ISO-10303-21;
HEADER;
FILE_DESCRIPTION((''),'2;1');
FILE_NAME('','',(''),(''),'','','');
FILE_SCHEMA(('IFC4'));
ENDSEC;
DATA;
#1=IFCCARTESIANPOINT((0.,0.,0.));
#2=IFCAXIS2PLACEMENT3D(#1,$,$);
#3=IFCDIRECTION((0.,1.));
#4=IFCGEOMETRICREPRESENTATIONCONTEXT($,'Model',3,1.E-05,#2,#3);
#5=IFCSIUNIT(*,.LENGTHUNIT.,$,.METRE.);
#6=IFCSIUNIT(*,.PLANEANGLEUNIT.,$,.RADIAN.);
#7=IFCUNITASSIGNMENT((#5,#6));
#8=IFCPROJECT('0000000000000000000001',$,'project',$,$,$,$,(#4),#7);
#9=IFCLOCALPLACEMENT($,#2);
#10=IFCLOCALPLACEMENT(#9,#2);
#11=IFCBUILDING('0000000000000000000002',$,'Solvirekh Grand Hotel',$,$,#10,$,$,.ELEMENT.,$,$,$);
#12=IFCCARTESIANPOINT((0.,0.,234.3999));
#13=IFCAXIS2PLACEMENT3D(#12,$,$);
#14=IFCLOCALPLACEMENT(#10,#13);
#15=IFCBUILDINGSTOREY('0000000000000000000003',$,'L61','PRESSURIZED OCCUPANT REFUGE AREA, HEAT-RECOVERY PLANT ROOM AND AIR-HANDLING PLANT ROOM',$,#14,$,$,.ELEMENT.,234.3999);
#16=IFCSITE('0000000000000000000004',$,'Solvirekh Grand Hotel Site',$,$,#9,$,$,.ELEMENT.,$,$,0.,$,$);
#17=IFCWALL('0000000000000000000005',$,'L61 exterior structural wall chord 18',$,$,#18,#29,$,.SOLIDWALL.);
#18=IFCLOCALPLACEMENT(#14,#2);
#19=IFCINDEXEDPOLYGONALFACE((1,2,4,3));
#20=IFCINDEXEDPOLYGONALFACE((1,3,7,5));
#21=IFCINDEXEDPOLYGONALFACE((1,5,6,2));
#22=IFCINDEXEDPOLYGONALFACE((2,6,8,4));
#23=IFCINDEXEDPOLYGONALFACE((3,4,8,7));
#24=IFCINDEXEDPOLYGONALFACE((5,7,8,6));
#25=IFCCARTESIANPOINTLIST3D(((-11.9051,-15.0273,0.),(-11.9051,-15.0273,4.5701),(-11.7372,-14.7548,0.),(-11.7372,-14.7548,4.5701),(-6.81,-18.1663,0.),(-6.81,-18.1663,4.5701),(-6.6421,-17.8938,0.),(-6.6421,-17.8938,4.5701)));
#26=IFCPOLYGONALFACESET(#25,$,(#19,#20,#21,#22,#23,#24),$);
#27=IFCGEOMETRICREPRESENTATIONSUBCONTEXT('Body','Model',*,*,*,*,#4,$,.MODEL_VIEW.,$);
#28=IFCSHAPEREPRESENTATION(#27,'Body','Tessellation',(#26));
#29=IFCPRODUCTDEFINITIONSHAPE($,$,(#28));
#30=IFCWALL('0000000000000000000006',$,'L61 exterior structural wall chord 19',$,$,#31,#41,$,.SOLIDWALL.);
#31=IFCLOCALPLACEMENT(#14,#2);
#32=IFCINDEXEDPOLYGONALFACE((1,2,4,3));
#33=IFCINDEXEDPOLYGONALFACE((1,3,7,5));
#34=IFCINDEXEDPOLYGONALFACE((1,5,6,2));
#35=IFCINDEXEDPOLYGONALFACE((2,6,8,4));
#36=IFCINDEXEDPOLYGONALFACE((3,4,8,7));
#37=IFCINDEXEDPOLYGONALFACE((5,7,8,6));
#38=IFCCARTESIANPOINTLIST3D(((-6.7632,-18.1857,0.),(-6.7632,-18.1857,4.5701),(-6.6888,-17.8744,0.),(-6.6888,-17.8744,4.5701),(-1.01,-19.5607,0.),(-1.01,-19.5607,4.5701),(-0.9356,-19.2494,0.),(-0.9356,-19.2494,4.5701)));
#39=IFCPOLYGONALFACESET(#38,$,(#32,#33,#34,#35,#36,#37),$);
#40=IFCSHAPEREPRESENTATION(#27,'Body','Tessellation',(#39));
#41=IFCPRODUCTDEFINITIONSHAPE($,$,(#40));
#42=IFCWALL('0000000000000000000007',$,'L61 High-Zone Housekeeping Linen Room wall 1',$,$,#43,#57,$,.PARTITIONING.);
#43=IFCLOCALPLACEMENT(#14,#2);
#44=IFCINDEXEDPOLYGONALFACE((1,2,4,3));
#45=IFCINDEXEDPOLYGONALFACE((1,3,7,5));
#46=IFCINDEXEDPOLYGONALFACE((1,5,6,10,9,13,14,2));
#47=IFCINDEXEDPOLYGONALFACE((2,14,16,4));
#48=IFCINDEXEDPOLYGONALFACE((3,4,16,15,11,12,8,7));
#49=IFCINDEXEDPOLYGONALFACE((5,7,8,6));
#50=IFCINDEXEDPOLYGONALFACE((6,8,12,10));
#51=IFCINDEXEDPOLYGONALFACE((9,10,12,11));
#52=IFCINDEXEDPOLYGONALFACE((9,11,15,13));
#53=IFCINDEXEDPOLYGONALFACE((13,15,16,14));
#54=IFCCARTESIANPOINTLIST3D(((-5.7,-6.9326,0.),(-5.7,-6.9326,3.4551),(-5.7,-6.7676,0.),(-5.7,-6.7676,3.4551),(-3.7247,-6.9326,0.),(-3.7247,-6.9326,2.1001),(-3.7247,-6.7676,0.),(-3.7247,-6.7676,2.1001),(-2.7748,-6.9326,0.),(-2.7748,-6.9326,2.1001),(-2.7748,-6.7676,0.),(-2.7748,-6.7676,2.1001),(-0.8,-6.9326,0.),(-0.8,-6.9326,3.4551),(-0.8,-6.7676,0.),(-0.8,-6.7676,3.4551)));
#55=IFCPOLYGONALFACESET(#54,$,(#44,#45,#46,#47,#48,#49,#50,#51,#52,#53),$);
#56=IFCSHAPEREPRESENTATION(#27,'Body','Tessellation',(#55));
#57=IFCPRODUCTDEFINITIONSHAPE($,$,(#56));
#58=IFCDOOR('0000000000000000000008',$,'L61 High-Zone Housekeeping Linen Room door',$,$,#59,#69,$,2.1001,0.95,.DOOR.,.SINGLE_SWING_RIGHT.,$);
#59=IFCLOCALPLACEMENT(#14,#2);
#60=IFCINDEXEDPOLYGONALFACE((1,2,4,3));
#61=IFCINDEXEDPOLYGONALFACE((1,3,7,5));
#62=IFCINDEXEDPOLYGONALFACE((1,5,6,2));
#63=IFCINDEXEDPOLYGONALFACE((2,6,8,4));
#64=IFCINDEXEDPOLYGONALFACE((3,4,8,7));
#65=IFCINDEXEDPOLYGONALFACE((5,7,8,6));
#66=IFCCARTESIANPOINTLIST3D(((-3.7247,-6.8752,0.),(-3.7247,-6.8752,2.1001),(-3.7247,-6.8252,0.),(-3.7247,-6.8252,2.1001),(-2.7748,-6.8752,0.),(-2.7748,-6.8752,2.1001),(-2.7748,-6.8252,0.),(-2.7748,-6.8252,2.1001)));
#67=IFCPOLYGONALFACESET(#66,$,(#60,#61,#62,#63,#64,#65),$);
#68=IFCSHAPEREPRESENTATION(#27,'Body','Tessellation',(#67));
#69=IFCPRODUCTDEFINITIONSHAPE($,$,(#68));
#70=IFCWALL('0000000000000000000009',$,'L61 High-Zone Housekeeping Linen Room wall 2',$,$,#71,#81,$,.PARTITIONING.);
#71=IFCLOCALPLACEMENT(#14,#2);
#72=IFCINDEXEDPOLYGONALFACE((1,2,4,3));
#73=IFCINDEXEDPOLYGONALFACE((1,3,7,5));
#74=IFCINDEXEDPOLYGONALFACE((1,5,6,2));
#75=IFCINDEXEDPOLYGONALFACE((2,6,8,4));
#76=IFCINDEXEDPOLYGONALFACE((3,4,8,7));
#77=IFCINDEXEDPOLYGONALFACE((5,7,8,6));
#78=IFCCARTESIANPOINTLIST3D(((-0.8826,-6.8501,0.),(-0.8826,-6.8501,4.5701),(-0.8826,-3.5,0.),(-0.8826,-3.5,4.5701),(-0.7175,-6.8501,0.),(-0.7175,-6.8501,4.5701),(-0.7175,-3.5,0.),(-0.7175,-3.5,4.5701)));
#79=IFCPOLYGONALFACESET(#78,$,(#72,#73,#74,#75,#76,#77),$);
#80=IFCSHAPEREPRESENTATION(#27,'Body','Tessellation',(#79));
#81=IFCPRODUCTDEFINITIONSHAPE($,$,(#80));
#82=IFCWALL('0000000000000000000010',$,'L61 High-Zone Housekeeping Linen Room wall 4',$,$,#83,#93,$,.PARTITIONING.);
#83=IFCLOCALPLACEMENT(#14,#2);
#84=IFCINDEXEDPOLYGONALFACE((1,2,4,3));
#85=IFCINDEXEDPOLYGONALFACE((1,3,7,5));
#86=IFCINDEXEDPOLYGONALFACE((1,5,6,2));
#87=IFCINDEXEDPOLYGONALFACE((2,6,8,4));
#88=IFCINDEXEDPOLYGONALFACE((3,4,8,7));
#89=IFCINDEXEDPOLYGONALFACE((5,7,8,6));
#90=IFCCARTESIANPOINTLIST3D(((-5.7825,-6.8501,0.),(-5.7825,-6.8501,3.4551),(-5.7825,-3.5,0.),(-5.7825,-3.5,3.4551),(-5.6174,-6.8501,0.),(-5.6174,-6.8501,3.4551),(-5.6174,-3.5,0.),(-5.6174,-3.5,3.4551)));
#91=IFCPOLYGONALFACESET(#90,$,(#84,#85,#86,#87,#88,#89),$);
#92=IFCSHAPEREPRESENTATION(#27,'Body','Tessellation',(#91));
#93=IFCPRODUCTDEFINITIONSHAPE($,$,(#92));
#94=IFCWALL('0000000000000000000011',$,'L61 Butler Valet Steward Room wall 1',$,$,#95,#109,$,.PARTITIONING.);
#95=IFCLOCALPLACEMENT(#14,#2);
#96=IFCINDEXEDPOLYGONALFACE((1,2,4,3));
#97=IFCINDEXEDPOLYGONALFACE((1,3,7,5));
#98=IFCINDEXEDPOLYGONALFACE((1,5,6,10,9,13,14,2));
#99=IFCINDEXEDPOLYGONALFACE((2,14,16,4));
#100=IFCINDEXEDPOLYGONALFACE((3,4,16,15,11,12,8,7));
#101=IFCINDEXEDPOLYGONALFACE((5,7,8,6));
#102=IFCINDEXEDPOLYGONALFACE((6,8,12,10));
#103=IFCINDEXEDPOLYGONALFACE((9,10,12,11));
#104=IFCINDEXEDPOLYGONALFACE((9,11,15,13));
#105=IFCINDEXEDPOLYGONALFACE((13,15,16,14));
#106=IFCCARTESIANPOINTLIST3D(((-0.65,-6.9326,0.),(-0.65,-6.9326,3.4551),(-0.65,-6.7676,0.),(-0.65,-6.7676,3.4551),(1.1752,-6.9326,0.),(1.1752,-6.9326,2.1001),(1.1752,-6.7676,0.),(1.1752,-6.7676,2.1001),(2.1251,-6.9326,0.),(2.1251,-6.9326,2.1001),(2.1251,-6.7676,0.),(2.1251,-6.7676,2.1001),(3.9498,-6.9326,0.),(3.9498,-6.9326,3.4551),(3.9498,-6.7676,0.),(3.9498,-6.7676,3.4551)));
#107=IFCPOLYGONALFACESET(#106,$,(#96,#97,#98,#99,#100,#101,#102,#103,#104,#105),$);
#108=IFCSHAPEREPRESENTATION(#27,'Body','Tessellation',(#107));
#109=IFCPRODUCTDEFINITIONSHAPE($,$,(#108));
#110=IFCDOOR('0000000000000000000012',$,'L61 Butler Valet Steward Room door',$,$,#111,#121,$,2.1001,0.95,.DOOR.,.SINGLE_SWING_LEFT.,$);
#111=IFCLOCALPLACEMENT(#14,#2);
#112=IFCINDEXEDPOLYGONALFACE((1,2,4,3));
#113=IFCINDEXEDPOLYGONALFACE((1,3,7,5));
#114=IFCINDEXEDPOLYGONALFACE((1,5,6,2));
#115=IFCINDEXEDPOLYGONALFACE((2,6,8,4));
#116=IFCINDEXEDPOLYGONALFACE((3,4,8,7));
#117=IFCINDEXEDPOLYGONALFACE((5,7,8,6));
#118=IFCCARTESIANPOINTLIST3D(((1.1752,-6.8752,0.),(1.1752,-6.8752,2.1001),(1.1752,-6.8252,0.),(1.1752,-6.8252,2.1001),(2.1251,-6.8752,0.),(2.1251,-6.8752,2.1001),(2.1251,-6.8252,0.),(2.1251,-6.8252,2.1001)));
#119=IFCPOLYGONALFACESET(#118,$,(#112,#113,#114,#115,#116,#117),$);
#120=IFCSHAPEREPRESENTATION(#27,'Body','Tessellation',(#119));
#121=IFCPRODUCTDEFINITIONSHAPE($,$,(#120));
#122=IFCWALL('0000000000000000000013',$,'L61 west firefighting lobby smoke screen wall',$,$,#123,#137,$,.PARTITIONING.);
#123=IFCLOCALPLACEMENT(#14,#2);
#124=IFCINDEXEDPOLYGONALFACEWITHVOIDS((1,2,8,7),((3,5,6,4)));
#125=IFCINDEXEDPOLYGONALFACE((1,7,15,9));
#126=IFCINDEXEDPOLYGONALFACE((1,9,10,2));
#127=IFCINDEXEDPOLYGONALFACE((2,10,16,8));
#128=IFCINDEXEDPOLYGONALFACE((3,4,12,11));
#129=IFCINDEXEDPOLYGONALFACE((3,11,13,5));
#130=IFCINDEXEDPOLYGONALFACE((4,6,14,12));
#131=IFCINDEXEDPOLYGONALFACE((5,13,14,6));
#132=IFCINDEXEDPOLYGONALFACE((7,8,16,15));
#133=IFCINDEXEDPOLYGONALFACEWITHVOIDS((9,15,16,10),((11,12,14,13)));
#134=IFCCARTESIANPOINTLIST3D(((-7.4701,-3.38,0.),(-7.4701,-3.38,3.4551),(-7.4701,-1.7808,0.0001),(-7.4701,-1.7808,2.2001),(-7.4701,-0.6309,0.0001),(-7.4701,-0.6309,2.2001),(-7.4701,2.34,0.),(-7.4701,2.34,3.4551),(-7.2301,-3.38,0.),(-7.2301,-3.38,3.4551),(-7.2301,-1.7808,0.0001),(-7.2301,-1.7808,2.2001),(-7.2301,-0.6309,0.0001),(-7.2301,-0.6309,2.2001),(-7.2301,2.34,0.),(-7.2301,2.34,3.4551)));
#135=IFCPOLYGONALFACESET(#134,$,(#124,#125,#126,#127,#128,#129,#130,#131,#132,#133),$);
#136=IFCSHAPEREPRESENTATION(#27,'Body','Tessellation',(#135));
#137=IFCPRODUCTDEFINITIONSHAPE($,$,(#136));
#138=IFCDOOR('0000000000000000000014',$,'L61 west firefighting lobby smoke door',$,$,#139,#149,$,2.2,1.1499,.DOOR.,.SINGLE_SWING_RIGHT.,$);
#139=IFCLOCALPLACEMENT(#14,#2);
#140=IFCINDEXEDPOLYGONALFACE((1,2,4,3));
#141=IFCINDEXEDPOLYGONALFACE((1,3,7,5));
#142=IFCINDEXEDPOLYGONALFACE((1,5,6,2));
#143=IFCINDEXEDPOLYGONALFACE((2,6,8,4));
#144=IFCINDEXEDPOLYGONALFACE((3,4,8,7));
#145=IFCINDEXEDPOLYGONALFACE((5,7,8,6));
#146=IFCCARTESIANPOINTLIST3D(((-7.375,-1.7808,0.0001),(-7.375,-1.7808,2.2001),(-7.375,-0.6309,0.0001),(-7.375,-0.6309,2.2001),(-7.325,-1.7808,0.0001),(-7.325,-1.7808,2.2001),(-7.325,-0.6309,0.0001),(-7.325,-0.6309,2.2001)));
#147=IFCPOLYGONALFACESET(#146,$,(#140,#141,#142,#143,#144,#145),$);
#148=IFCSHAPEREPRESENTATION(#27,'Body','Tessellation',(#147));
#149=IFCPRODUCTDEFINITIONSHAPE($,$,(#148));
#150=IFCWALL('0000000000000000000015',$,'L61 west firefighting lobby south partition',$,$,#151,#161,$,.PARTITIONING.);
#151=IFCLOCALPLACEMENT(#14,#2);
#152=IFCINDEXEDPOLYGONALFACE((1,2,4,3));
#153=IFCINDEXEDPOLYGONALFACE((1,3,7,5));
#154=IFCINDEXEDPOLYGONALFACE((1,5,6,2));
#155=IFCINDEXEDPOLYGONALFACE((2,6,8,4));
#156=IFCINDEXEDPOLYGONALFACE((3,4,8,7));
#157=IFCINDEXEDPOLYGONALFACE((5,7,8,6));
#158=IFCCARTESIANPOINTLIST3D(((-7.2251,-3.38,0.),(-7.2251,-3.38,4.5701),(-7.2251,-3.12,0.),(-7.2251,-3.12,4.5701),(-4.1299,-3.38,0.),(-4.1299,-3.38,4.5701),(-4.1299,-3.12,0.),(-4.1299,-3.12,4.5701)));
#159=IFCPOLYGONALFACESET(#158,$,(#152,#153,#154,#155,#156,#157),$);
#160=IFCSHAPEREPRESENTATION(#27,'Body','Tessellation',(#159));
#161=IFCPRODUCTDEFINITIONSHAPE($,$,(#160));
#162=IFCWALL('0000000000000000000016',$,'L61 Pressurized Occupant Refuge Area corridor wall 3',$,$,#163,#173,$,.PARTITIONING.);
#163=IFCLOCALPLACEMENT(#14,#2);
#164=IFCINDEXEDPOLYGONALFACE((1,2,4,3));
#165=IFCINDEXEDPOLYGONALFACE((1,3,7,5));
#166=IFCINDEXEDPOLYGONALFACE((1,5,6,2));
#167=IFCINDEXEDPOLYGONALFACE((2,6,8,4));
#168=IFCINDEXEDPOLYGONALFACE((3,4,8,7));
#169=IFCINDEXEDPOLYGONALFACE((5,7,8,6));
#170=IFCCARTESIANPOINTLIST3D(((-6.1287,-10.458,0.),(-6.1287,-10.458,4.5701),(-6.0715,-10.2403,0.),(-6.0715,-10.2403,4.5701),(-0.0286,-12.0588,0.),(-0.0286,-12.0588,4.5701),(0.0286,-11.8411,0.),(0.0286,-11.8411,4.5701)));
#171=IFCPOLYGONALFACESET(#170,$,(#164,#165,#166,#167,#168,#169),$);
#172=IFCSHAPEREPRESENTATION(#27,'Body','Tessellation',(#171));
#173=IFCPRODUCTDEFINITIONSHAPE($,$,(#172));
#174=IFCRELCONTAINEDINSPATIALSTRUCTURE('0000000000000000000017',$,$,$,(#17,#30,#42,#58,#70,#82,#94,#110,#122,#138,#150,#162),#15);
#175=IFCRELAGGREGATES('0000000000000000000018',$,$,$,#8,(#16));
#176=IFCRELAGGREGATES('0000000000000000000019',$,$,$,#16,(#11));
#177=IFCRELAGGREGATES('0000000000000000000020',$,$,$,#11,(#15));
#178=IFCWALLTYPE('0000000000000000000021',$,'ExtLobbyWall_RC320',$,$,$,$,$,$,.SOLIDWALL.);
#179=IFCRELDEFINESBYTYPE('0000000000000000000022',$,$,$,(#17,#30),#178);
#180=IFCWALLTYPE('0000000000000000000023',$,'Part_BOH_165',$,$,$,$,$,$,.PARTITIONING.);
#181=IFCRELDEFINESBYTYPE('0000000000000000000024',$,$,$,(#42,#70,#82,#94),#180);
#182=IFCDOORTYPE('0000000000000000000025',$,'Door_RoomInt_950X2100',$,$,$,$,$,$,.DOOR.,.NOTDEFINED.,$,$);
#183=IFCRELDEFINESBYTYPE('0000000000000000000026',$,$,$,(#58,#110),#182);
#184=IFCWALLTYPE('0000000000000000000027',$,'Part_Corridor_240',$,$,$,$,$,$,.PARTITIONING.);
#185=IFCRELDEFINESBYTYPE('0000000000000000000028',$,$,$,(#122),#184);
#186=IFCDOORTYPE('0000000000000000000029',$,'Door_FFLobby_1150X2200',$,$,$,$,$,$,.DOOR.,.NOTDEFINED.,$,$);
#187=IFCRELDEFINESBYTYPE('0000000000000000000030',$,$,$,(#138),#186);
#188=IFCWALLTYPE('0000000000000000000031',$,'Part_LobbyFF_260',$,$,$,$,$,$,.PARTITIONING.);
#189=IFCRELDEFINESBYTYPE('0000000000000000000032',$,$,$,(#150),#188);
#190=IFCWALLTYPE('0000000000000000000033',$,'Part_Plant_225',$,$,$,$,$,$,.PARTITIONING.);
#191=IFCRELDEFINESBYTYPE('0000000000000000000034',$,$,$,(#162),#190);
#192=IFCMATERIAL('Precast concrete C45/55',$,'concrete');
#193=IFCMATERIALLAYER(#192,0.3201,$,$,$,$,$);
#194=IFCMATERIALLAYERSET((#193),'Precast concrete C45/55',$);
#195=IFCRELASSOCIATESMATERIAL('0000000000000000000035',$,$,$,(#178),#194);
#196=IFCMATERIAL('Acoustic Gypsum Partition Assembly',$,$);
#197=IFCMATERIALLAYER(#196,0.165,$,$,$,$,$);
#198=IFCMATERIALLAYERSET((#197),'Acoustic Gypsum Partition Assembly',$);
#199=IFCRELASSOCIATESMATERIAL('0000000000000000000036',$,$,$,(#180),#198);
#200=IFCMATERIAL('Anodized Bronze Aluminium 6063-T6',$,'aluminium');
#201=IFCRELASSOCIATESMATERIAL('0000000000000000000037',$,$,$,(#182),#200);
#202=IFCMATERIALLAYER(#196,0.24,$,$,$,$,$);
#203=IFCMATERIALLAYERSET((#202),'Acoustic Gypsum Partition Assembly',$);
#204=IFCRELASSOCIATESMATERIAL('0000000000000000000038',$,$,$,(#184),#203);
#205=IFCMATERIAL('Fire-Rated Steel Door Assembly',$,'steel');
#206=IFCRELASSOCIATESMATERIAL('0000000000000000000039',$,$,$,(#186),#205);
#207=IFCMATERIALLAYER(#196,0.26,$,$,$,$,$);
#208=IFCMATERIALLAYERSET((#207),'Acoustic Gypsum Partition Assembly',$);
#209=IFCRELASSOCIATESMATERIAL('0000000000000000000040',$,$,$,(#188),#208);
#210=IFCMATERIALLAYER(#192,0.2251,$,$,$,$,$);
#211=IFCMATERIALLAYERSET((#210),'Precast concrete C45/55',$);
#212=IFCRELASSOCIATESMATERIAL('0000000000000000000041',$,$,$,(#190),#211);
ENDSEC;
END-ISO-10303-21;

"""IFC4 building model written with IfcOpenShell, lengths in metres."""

from ifc_helpers import new_model, si_unit, direction, frame, frame_2d, origin, place, context, subcontext, project, spatial, rectangle, extrude, material, layer, layer_set, type_object, element, fill, save


model = new_model("IFC4")

# Units and contexts
model_context = context("Model", 3, precision=1e-05, world=origin(), true_north=direction((0.0, 1.0)))
body_context = subcontext(model_context, "Body", "Model", "MODEL_VIEW")
ifc_project = project(units=[si_unit("LENGTHUNIT", "METRE"), si_unit("PLANEANGLEUNIT", "RADIAN")], contexts=[model_context])

# Site, building, storey
site_placement = place(None, origin())
site = spatial("IfcSite", under=ifc_project, at=site_placement, Name="Solvirekh Grand Hotel Site", CompositionType="ELEMENT", RefElevation=0.0)
building_placement = place(site_placement, origin())
building = spatial("IfcBuilding", under=site, at=building_placement, Name="Solvirekh Grand Hotel", CompositionType="ELEMENT")
storey_placement = place(building_placement, frame((0.0, 0.0, 234.3999)))
storey = spatial("IfcBuildingStorey", under=building, at=storey_placement, Name="L61", Description="PRESSURIZED OCCUPANT REFUGE AREA, HEAT-RECOVERY PLANT ROOM AND AIR-HANDLING PLANT ROOM", CompositionType="ELEMENT", Elevation=234.3999)

# Shared definitions
ifc_material_1 = material(Name="Fire-Rated Steel Door Assembly", Category="steel")

# Walls
ifc_material_2 = material(Name="Precast concrete C45/55", Category="concrete")
ifc_layer_1 = layer(ifc_material_2, 0.3201)
ifc_layer_set_1 = layer_set([ifc_layer_1], Name="Precast concrete C45/55")
wall_type_1 = type_object("IfcWallType", Name="ExtLobbyWall_RC320", PredefinedType="SOLIDWALL", material=ifc_layer_set_1)
wall_1_placement = place(storey_placement, frame((-6.7261, -18.03, 0.0), z_axis=(0.0, 0.0, 1.0), x_axis=(-0.851393, 0.524528, 0.0)))
element("IfcWall", 1, at=wall_1_placement, inside=storey, type_object=wall_type_1, Name="L61 exterior structural wall chord 18", PredefinedType="SOLIDWALL", context=body_context, shape_type="SweptSolid", body=[
    extrude(rectangle(XDim=5.9844, YDim=0.3201, at=frame_2d((2.9922, 0.0))), origin(), (0.0, 0.0, 1.0), 4.5701),
])
wall_2_placement = place(storey_placement, frame((-0.9729, -19.405, 0.0), z_axis=(0.0, 0.0, 1.0), x_axis=(-0.972608, 0.232452, 0.0)))
element("IfcWall", 2, at=wall_2_placement, inside=storey, type_object=wall_type_1, Name="L61 exterior structural wall chord 19", PredefinedType="SOLIDWALL", context=body_context, shape_type="SweptSolid", body=[
    extrude(rectangle(XDim=5.9153, YDim=0.3201, at=frame_2d((2.9575, 0.0))), origin(), (0.0, 0.0, 1.0), 4.5701),
])

# Wall, opening, door
ifc_material_3 = material(Name="Acoustic Gypsum Partition Assembly")
ifc_layer_2 = layer(ifc_material_3, 0.165)
ifc_layer_set_2 = layer_set([ifc_layer_2], Name="Acoustic Gypsum Partition Assembly")
wall_type_2 = type_object("IfcWallType", Name="Part_BOH_165", PredefinedType="PARTITIONING", material=ifc_layer_set_2)
wall_3_placement = place(storey_placement, frame((-5.7, -6.8501, 0.0), z_axis=(0.0, 0.0, 1.0), x_axis=(1.0, 0.0, 0.0)))
wall_3 = element("IfcWall", 3, at=wall_3_placement, inside=storey, type_object=wall_type_2, Name="L61 High-Zone Housekeeping Linen Room wall 1", PredefinedType="PARTITIONING", context=body_context, shape_type="SweptSolid", body=[
    extrude(rectangle(XDim=4.8999, YDim=0.165, at=frame_2d((2.45, 0.0))), origin(), (0.0, 0.0, 1.0), 3.4551),
])
opening_1_placement = place(wall_3_placement, frame((1.9751, 0.0, 0.0)))
opening_1 = element("IfcOpeningElement", 4, at=opening_1_placement, cuts=wall_3, PredefinedType="OPENING", context=body_context, shape_type="SweptSolid", body=[
    extrude(rectangle(XDim=0.95, YDim=2.1001, at=frame_2d((0.4751, 1.05))), frame((0.0, 0.0925, 0.0), z_axis=(0.0, -1.0, 0.0), x_axis=(1.0, 0.0, 0.0)), (0.0, 0.0, 1.0), 0.1851),
])
ifc_material_4 = material(Name="Anodized Bronze Aluminium 6063-T6", Category="aluminium")
door_type_1 = type_object("IfcDoorType", Name="Door_RoomInt_950X2100", OperationType="NOTDEFINED", PredefinedType="DOOR", material=ifc_material_4)
door_1_placement = place(opening_1_placement, origin())
door_1 = element("IfcDoor", 5, at=door_1_placement, inside=storey, type_object=door_type_1, Name="L61 High-Zone Housekeeping Linen Room door", OperationType="SINGLE_SWING_RIGHT", OverallHeight=2.1001, OverallWidth=0.95, PredefinedType="DOOR", context=body_context, shape_type="SweptSolid", body=[
    extrude(rectangle(XDim=0.95, YDim=2.1001, at=frame_2d((0.4751, 1.05))), frame((0.0, 0.0249, 0.0), z_axis=(0.0, -1.0, 0.0), x_axis=(1.0, 0.0, 0.0)), (0.0, 0.0, 1.0), 0.05),
])
fill(opening_1, door_1)

# Walls
wall_4_placement = place(storey_placement, frame((-0.8, -6.8501, 0.0), z_axis=(0.0, 0.0, 1.0), x_axis=(0.0, 1.0, 0.0)))
element("IfcWall", 6, at=wall_4_placement, inside=storey, type_object=wall_type_2, Name="L61 High-Zone Housekeeping Linen Room wall 2", PredefinedType="PARTITIONING", context=body_context, shape_type="SweptSolid", body=[
    extrude(rectangle(XDim=3.3501, YDim=0.165, at=frame_2d((1.675, 0.0))), origin(), (0.0, 0.0, 1.0), 4.5701),
])
wall_5_placement = place(storey_placement, frame((-5.7, -3.5, 0.0), z_axis=(0.0, 0.0, 1.0), x_axis=(0.0, -1.0, 0.0)))
element("IfcWall", 7, at=wall_5_placement, inside=storey, type_object=wall_type_2, Name="L61 High-Zone Housekeeping Linen Room wall 4", PredefinedType="PARTITIONING", context=body_context, shape_type="SweptSolid", body=[
    extrude(rectangle(XDim=3.3501, YDim=0.165, at=frame_2d((1.675, 0.0))), origin(), (0.0, 0.0, 1.0), 3.4551),
])

# Walls, openings, doors
wall_6_placement = place(storey_placement, frame((-0.6499, -6.8501, 0.0), z_axis=(0.0, 0.0, 1.0), x_axis=(1.0, 0.0, 0.0)))
wall_6 = element("IfcWall", 8, at=wall_6_placement, inside=storey, type_object=wall_type_2, Name="L61 Butler Valet Steward Room wall 1", PredefinedType="PARTITIONING", context=body_context, shape_type="SweptSolid", body=[
    extrude(rectangle(XDim=4.5999, YDim=0.165, at=frame_2d((2.2998, 0.0))), origin(), (0.0, 0.0, 1.0), 3.4551),
])
opening_2_placement = place(wall_6_placement, frame((1.825, 0.0, 0.0)))
opening_2 = element("IfcOpeningElement", 9, at=opening_2_placement, cuts=wall_6, PredefinedType="OPENING", context=body_context, shape_type="SweptSolid", body=[
    extrude(rectangle(XDim=0.95, YDim=2.1001, at=frame_2d((0.4751, 1.05))), frame((0.0, 0.0925, 0.0), z_axis=(0.0, -1.0, 0.0), x_axis=(1.0, 0.0, 0.0)), (0.0, 0.0, 1.0), 0.1851),
])
door_2_placement = place(opening_2_placement, origin())
door_2 = element("IfcDoor", 10, at=door_2_placement, inside=storey, type_object=door_type_1, Name="L61 Butler Valet Steward Room door", OperationType="SINGLE_SWING_LEFT", OverallHeight=2.1001, OverallWidth=0.95, PredefinedType="DOOR", context=body_context, shape_type="SweptSolid", body=[
    extrude(rectangle(XDim=0.95, YDim=2.1001, at=frame_2d((0.4751, 1.05))), frame((0.0, 0.0249, 0.0), z_axis=(0.0, -1.0, 0.0), x_axis=(1.0, 0.0, 0.0)), (0.0, 0.0, 1.0), 0.05),
])
fill(opening_2, door_2)
ifc_layer_3 = layer(ifc_material_3, 0.24)
ifc_layer_set_3 = layer_set([ifc_layer_3], Name="Acoustic Gypsum Partition Assembly")
wall_type_3 = type_object("IfcWallType", Name="Part_Corridor_240", PredefinedType="PARTITIONING", material=ifc_layer_set_3)
wall_7_placement = place(storey_placement, frame((-7.3501, -3.3799, 0.0), z_axis=(0.0, 0.0, 1.0), x_axis=(0.0, 1.0, 0.0)))
wall_7 = element("IfcWall", 11, at=wall_7_placement, inside=storey, type_object=wall_type_3, Name="L61 west firefighting lobby smoke screen wall", PredefinedType="PARTITIONING", context=body_context, shape_type="SweptSolid", body=[
    extrude(rectangle(XDim=5.72, YDim=0.24, at=frame_2d((2.8599, 0.0))), origin(), (0.0, 0.0, 1.0), 3.4551),
])
opening_3_placement = place(wall_7_placement, frame((1.5991, 0.0, 0.0)))
opening_3 = element("IfcOpeningElement", 12, at=opening_3_placement, cuts=wall_7, PredefinedType="OPENING", context=body_context, shape_type="SweptSolid", body=[
    extrude(rectangle(XDim=1.1499, YDim=2.2, at=frame_2d((0.575, 1.1001))), frame((0.0, 0.1299, 0.0), z_axis=(0.0, -1.0, 0.0), x_axis=(1.0, 0.0, 0.0)), (0.0, 0.0, 1.0), 0.26),
])
door_type_2 = type_object("IfcDoorType", Name="Door_FFLobby_1150X2200", OperationType="NOTDEFINED", PredefinedType="DOOR", material=ifc_material_1)
door_3_placement = place(opening_3_placement, origin())
door_3 = element("IfcDoor", 13, at=door_3_placement, inside=storey, type_object=door_type_2, Name="L61 west firefighting lobby smoke door", OperationType="SINGLE_SWING_RIGHT", OverallHeight=2.2, OverallWidth=1.1499, PredefinedType="DOOR", context=body_context, shape_type="SweptSolid", body=[
    extrude(rectangle(XDim=1.1499, YDim=2.2, at=frame_2d((0.575, 1.1001))), frame((0.0, 0.0249, 0.0), z_axis=(0.0, -1.0, 0.0), x_axis=(1.0, 0.0, 0.0)), (0.0, 0.0, 1.0), 0.05),
])
fill(opening_3, door_3)

# Walls
ifc_layer_4 = layer(ifc_material_3, 0.26)
ifc_layer_set_4 = layer_set([ifc_layer_4], Name="Acoustic Gypsum Partition Assembly")
wall_type_4 = type_object("IfcWallType", Name="Part_LobbyFF_260", PredefinedType="PARTITIONING", material=ifc_layer_set_4)
wall_8_placement = place(storey_placement, frame((-7.2251, -3.25, 0.0), z_axis=(0.0, 0.0, 1.0), x_axis=(1.0, 0.0, 0.0)))
element("IfcWall", 14, at=wall_8_placement, inside=storey, type_object=wall_type_4, Name="L61 west firefighting lobby south partition", PredefinedType="PARTITIONING", context=body_context, shape_type="SweptSolid", body=[
    extrude(rectangle(XDim=3.0952, YDim=0.26, at=frame_2d((1.5476, 0.0))), origin(), (0.0, 0.0, 1.0), 4.5701),
])
ifc_layer_5 = layer(ifc_material_2, 0.2251)
ifc_layer_set_5 = layer_set([ifc_layer_5], Name="Precast concrete C45/55")
wall_type_5 = type_object("IfcWallType", Name="Part_Plant_225", PredefinedType="PARTITIONING", material=ifc_layer_set_5)
wall_9_placement = place(storey_placement, frame((-6.1001, -10.3491, 0.0), z_axis=(0.0, 0.0, 1.0), x_axis=(0.967248, -0.253832, 0.0)))
element("IfcWall", 15, at=wall_9_placement, inside=storey, type_object=wall_type_5, Name="L61 Pressurized Occupant Refuge Area corridor wall 3", PredefinedType="PARTITIONING", context=body_context, shape_type="SweptSolid", body=[
    extrude(rectangle(XDim=6.3066, YDim=0.2251, at=frame_2d((3.1533, 0.0))), origin(), (0.0, 0.0, 1.0), 4.5701),
])

save(model, "model.ifc")
